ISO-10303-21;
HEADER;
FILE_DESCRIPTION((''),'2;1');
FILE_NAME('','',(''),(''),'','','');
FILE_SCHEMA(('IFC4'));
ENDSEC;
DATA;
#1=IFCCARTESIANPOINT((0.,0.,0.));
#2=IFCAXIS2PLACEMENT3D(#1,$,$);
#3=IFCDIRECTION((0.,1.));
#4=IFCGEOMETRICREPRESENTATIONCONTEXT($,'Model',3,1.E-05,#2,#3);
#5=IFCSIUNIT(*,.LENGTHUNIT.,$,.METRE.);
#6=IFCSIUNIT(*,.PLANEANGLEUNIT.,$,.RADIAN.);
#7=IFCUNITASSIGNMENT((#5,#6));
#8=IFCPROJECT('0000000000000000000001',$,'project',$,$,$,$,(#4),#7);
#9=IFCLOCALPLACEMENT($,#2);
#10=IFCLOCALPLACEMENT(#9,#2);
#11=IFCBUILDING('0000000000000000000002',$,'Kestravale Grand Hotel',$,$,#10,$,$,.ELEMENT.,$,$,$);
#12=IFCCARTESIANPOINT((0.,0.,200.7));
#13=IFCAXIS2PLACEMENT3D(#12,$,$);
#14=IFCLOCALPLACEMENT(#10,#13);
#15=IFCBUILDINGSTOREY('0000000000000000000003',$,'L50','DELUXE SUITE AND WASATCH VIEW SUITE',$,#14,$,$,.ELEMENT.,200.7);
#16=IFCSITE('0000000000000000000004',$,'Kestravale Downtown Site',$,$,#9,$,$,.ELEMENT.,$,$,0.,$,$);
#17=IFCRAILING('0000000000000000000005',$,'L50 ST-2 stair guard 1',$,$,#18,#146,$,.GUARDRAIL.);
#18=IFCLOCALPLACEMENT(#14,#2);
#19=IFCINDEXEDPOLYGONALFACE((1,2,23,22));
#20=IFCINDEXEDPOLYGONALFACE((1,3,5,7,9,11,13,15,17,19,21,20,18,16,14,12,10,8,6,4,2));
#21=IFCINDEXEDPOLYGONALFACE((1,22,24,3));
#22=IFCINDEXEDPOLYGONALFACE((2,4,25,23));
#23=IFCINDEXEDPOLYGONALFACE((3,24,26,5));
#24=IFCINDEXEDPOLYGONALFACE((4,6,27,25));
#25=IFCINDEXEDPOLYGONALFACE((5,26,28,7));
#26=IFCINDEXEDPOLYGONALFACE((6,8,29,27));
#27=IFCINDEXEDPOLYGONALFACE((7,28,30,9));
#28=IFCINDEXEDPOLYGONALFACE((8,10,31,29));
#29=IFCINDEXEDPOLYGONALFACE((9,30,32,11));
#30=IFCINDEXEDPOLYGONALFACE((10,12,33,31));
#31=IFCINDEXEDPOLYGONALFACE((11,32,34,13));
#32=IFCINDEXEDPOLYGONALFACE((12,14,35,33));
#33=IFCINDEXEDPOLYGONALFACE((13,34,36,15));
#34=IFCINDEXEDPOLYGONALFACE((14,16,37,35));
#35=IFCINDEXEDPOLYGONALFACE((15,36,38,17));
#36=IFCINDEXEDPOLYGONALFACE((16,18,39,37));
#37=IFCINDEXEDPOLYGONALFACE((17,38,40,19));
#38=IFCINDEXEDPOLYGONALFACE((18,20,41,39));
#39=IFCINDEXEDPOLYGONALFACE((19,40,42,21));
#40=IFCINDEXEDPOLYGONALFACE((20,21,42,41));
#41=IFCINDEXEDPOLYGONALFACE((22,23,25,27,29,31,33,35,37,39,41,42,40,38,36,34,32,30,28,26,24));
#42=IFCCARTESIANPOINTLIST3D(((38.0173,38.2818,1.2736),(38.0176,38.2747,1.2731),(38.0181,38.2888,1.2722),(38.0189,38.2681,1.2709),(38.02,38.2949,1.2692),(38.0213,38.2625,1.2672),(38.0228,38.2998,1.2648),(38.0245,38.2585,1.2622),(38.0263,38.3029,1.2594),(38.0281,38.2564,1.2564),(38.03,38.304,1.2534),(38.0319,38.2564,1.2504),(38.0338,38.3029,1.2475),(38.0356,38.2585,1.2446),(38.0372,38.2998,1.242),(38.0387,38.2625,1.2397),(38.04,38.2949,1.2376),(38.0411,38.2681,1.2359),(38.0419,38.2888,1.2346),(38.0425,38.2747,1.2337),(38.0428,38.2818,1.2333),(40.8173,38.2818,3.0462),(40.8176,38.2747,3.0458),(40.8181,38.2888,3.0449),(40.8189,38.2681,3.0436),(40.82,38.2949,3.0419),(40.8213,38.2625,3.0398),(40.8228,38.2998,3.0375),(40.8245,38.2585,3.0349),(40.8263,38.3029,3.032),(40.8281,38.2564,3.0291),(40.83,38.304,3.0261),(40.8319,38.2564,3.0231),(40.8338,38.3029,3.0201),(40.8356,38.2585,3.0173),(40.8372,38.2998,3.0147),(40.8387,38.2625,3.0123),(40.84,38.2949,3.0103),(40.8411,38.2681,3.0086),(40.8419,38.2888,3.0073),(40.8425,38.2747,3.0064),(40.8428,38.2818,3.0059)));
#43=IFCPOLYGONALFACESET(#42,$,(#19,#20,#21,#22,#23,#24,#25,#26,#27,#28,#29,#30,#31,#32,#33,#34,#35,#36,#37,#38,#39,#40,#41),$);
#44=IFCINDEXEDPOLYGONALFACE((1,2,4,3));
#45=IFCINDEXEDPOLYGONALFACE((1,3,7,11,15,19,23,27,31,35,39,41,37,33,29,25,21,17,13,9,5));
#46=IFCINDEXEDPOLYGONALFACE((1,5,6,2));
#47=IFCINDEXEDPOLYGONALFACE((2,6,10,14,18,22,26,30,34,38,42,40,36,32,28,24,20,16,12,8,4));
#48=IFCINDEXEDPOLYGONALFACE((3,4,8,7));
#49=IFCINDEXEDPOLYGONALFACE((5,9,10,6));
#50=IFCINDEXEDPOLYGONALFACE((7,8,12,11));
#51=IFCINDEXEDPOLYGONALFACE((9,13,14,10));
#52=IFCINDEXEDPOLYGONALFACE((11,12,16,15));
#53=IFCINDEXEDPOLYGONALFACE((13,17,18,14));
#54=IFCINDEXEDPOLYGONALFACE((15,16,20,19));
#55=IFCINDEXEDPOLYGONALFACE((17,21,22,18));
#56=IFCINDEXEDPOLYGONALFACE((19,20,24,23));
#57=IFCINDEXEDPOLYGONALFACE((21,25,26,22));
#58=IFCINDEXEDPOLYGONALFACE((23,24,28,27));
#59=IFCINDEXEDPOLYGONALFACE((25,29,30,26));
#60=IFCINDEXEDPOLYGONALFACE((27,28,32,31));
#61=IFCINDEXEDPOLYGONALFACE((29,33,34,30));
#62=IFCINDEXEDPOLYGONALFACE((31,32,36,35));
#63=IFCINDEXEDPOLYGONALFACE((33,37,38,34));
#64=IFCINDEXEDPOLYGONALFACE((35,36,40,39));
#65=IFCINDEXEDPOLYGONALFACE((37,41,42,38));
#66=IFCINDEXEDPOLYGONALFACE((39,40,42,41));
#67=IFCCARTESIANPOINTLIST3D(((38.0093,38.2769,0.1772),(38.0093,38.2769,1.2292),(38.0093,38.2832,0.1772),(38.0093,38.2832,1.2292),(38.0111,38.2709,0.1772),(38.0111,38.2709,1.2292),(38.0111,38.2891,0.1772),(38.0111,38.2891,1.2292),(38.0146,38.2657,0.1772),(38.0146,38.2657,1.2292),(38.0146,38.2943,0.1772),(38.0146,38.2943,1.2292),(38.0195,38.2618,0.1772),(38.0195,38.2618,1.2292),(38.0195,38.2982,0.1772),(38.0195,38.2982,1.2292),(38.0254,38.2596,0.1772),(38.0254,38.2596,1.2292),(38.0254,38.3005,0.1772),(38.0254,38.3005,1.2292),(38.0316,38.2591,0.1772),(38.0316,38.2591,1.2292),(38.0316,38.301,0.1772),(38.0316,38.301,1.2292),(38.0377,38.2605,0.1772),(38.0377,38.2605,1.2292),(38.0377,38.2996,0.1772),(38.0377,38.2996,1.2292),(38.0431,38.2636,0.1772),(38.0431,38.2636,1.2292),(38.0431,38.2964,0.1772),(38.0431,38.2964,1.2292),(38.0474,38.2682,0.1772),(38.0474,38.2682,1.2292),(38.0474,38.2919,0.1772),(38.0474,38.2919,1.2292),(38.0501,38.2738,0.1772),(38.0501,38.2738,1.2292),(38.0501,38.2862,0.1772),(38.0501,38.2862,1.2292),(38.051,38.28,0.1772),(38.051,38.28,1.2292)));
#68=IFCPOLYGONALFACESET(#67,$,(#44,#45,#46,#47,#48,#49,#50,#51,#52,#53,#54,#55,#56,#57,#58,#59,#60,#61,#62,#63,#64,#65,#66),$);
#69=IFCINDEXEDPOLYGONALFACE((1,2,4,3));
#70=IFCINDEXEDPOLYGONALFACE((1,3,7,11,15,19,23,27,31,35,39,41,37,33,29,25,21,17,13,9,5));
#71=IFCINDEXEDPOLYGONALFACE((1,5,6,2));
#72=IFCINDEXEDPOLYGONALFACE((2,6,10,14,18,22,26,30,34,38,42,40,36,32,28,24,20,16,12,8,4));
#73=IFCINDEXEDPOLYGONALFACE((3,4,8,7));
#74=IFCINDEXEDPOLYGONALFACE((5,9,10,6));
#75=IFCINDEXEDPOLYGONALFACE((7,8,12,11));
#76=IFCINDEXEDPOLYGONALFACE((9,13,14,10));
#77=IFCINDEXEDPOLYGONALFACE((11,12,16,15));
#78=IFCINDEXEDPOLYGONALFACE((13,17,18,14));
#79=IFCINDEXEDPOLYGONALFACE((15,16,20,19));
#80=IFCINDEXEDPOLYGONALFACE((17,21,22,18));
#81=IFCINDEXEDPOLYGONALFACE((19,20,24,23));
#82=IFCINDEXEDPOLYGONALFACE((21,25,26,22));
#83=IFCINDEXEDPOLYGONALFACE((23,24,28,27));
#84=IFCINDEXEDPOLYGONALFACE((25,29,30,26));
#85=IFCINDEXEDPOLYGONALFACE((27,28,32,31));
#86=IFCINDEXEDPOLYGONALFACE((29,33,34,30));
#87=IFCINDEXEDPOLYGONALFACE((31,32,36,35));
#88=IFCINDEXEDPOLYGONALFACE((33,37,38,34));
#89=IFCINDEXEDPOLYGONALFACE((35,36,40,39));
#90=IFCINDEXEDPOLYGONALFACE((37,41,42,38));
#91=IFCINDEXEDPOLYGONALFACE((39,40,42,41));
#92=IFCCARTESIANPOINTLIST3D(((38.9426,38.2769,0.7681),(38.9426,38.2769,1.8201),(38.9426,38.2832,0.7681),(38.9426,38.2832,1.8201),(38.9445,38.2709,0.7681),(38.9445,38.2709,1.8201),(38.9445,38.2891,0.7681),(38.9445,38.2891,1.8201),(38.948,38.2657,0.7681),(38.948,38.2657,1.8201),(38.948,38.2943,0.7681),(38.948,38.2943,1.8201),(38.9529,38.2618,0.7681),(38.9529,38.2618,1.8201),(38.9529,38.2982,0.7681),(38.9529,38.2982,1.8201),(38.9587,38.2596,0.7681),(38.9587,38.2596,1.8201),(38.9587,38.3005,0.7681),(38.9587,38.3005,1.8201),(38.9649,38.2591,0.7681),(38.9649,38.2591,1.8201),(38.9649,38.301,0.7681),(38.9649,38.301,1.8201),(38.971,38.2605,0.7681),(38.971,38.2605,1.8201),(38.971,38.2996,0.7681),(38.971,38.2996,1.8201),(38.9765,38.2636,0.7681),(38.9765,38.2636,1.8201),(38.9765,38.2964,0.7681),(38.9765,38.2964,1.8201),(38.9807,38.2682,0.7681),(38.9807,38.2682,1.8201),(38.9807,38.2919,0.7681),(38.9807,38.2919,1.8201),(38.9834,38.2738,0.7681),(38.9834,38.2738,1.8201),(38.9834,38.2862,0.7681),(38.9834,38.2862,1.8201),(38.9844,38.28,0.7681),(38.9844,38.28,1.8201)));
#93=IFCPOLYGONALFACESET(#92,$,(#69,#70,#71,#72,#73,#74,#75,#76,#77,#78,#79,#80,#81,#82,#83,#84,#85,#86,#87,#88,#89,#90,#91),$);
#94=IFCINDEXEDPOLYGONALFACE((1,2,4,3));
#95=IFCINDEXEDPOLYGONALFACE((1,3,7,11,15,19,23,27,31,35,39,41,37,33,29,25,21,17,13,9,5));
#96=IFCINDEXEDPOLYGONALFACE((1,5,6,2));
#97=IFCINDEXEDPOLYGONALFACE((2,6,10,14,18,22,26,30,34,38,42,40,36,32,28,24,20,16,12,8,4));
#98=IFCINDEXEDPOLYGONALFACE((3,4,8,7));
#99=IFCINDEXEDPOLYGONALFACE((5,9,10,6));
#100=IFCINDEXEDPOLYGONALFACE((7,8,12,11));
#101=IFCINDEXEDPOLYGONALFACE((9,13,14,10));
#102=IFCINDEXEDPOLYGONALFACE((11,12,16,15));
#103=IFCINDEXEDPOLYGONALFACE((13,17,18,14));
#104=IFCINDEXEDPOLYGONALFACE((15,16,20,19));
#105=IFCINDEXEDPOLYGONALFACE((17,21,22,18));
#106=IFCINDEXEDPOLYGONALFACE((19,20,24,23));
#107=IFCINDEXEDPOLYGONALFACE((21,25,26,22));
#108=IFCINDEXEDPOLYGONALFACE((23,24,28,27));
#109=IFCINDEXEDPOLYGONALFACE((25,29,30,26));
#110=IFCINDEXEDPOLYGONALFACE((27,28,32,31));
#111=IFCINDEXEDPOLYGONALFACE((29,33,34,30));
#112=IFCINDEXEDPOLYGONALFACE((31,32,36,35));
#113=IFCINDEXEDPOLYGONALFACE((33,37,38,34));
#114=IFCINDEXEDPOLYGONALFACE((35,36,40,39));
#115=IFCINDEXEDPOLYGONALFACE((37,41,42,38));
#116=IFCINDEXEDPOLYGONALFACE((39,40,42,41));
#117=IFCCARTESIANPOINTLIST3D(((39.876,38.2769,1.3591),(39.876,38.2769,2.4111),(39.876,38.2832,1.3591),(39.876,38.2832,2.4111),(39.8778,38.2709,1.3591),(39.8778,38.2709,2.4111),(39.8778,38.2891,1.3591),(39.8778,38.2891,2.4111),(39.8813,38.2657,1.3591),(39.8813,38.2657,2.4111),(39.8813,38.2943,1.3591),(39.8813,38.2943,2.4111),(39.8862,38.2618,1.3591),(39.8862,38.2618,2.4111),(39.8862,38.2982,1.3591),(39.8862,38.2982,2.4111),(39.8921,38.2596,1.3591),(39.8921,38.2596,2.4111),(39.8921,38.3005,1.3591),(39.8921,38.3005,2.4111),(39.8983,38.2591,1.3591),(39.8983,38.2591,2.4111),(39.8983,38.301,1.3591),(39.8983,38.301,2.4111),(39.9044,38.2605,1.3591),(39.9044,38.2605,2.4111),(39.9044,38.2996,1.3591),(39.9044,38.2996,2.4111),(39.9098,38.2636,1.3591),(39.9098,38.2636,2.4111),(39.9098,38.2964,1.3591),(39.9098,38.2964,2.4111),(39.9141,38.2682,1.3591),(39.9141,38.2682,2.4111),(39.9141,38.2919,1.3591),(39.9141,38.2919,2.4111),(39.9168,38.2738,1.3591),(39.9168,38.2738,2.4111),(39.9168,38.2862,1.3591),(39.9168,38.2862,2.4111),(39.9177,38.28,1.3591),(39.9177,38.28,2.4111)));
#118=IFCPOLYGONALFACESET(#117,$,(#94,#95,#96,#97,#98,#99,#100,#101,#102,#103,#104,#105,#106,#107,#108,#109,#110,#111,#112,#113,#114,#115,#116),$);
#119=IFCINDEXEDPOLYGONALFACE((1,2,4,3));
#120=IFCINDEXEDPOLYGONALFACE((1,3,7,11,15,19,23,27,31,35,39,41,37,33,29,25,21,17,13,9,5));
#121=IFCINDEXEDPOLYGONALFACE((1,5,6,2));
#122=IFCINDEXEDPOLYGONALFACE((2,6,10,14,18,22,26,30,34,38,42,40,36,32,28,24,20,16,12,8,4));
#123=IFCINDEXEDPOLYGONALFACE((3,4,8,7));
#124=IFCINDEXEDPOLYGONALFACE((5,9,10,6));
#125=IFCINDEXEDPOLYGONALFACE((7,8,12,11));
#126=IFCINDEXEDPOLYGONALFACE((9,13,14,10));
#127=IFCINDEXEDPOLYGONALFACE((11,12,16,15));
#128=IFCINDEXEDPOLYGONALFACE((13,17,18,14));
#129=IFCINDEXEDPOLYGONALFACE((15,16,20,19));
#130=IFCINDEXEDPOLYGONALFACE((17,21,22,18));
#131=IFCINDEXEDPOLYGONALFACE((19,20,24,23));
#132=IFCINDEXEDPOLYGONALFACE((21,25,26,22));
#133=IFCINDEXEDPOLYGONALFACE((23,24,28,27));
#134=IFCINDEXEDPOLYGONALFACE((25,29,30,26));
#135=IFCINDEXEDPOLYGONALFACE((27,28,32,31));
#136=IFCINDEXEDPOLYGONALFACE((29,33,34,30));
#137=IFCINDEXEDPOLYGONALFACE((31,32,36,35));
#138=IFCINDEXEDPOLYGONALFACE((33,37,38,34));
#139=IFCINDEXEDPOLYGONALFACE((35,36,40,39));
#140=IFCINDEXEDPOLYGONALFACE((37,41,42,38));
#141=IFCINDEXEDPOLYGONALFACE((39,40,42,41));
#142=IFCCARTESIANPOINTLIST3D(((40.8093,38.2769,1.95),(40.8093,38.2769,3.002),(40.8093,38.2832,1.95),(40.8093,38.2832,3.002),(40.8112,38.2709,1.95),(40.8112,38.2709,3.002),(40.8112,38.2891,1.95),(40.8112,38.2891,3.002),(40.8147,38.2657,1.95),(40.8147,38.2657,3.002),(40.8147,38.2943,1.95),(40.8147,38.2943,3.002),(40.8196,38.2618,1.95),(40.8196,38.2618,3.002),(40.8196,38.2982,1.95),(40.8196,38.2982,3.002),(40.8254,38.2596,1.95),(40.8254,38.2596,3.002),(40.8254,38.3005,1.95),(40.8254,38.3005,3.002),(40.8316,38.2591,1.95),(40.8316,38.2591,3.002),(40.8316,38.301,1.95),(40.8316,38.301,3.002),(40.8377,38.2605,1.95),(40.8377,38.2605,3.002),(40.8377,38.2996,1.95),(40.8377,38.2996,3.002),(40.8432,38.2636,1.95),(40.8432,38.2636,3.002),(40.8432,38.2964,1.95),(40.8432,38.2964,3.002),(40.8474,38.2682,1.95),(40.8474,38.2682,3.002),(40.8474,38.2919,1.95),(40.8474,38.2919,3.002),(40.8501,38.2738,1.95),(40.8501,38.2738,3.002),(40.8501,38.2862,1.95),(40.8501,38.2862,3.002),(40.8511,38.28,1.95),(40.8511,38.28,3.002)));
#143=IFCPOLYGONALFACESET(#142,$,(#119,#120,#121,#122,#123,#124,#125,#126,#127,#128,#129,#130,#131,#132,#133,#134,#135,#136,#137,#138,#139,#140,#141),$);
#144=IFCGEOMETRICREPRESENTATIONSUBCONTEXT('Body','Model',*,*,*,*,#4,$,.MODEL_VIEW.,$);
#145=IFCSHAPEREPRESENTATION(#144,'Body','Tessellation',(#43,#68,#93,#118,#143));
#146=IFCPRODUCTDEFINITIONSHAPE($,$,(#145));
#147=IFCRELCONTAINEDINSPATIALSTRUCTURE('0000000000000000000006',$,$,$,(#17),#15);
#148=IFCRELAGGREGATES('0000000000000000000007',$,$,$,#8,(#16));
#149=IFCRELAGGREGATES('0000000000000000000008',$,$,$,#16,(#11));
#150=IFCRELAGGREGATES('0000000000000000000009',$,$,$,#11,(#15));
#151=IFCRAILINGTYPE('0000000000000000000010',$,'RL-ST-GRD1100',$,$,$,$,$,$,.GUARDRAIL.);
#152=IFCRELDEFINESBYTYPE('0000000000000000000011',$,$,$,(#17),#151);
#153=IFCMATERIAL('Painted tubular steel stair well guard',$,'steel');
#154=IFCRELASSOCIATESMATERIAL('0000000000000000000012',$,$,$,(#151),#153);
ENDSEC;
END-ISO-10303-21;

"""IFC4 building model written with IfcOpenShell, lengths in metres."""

from ifc_helpers import new_model, si_unit, direction, frame, origin, origin_2d, place, context, subcontext, project, spatial, circle, extrude, material, type_object, element, save


model = new_model("IFC4")

# Units and contexts
model_context = context("Model", 3, precision=1e-05, world=origin(), true_north=direction((0.0, 1.0)))
body_context = subcontext(model_context, "Body", "Model", "MODEL_VIEW")
ifc_project = project(units=[si_unit("LENGTHUNIT", "METRE"), si_unit("PLANEANGLEUNIT", "RADIAN")], contexts=[model_context])

# Site, building, storey
site_placement = place(None, origin())
site = spatial("IfcSite", under=ifc_project, at=site_placement, Name="Kestravale Downtown Site", CompositionType="ELEMENT", RefElevation=0.0)
building_placement = place(site_placement, origin())
building = spatial("IfcBuilding", under=site, at=building_placement, Name="Kestravale Grand Hotel", CompositionType="ELEMENT")
storey_placement = place(building_placement, frame((0.0, 0.0, 200.7)))
storey = spatial("IfcBuildingStorey", under=building, at=storey_placement, Name="L50", Description="DELUXE SUITE AND WASATCH VIEW SUITE", CompositionType="ELEMENT", Elevation=200.7)

# Railing
ifc_material_1 = material(Name="Painted tubular steel stair well guard", Category="steel")
railing_type_1 = type_object("IfcRailingType", Name="RL-ST-GRD1100", PredefinedType="GUARDRAIL", material=ifc_material_1)
railing_1_placement = place(storey_placement, frame((38.03, 38.28, 0.1772)))
element("IfcRailing", 1, at=railing_1_placement, inside=storey, type_object=railing_type_1, Name="L50 ST-2 stair guard 1", PredefinedType="GUARDRAIL", context=body_context, shape_type="SweptSolid", body=[
    extrude(circle(Radius=0.0239, at=origin_2d()), frame((0.0, 0.0, 1.0762), z_axis=(0.844909, 0.0, 0.53491), x_axis=(0.0, 1.0, 0.0)), (0.0, 0.0, 1.0), 3.314),
    extrude(circle(Radius=0.021, at=origin_2d()), origin(), (0.0, 0.0, 1.0), 1.052),
    extrude(circle(Radius=0.021, at=origin_2d()), frame((0.9333, 0.0, 0.5908)), (0.0, 0.0, 1.0), 1.052),
    extrude(circle(Radius=0.021, at=origin_2d()), frame((1.8667, 0.0, 1.1819)), (0.0, 0.0, 1.0), 1.052),
    extrude(circle(Radius=0.021, at=origin_2d()), frame((2.8, 0.0, 1.7727)), (0.0, 0.0, 1.0), 1.052),
])

save(model, "model.ifc")
